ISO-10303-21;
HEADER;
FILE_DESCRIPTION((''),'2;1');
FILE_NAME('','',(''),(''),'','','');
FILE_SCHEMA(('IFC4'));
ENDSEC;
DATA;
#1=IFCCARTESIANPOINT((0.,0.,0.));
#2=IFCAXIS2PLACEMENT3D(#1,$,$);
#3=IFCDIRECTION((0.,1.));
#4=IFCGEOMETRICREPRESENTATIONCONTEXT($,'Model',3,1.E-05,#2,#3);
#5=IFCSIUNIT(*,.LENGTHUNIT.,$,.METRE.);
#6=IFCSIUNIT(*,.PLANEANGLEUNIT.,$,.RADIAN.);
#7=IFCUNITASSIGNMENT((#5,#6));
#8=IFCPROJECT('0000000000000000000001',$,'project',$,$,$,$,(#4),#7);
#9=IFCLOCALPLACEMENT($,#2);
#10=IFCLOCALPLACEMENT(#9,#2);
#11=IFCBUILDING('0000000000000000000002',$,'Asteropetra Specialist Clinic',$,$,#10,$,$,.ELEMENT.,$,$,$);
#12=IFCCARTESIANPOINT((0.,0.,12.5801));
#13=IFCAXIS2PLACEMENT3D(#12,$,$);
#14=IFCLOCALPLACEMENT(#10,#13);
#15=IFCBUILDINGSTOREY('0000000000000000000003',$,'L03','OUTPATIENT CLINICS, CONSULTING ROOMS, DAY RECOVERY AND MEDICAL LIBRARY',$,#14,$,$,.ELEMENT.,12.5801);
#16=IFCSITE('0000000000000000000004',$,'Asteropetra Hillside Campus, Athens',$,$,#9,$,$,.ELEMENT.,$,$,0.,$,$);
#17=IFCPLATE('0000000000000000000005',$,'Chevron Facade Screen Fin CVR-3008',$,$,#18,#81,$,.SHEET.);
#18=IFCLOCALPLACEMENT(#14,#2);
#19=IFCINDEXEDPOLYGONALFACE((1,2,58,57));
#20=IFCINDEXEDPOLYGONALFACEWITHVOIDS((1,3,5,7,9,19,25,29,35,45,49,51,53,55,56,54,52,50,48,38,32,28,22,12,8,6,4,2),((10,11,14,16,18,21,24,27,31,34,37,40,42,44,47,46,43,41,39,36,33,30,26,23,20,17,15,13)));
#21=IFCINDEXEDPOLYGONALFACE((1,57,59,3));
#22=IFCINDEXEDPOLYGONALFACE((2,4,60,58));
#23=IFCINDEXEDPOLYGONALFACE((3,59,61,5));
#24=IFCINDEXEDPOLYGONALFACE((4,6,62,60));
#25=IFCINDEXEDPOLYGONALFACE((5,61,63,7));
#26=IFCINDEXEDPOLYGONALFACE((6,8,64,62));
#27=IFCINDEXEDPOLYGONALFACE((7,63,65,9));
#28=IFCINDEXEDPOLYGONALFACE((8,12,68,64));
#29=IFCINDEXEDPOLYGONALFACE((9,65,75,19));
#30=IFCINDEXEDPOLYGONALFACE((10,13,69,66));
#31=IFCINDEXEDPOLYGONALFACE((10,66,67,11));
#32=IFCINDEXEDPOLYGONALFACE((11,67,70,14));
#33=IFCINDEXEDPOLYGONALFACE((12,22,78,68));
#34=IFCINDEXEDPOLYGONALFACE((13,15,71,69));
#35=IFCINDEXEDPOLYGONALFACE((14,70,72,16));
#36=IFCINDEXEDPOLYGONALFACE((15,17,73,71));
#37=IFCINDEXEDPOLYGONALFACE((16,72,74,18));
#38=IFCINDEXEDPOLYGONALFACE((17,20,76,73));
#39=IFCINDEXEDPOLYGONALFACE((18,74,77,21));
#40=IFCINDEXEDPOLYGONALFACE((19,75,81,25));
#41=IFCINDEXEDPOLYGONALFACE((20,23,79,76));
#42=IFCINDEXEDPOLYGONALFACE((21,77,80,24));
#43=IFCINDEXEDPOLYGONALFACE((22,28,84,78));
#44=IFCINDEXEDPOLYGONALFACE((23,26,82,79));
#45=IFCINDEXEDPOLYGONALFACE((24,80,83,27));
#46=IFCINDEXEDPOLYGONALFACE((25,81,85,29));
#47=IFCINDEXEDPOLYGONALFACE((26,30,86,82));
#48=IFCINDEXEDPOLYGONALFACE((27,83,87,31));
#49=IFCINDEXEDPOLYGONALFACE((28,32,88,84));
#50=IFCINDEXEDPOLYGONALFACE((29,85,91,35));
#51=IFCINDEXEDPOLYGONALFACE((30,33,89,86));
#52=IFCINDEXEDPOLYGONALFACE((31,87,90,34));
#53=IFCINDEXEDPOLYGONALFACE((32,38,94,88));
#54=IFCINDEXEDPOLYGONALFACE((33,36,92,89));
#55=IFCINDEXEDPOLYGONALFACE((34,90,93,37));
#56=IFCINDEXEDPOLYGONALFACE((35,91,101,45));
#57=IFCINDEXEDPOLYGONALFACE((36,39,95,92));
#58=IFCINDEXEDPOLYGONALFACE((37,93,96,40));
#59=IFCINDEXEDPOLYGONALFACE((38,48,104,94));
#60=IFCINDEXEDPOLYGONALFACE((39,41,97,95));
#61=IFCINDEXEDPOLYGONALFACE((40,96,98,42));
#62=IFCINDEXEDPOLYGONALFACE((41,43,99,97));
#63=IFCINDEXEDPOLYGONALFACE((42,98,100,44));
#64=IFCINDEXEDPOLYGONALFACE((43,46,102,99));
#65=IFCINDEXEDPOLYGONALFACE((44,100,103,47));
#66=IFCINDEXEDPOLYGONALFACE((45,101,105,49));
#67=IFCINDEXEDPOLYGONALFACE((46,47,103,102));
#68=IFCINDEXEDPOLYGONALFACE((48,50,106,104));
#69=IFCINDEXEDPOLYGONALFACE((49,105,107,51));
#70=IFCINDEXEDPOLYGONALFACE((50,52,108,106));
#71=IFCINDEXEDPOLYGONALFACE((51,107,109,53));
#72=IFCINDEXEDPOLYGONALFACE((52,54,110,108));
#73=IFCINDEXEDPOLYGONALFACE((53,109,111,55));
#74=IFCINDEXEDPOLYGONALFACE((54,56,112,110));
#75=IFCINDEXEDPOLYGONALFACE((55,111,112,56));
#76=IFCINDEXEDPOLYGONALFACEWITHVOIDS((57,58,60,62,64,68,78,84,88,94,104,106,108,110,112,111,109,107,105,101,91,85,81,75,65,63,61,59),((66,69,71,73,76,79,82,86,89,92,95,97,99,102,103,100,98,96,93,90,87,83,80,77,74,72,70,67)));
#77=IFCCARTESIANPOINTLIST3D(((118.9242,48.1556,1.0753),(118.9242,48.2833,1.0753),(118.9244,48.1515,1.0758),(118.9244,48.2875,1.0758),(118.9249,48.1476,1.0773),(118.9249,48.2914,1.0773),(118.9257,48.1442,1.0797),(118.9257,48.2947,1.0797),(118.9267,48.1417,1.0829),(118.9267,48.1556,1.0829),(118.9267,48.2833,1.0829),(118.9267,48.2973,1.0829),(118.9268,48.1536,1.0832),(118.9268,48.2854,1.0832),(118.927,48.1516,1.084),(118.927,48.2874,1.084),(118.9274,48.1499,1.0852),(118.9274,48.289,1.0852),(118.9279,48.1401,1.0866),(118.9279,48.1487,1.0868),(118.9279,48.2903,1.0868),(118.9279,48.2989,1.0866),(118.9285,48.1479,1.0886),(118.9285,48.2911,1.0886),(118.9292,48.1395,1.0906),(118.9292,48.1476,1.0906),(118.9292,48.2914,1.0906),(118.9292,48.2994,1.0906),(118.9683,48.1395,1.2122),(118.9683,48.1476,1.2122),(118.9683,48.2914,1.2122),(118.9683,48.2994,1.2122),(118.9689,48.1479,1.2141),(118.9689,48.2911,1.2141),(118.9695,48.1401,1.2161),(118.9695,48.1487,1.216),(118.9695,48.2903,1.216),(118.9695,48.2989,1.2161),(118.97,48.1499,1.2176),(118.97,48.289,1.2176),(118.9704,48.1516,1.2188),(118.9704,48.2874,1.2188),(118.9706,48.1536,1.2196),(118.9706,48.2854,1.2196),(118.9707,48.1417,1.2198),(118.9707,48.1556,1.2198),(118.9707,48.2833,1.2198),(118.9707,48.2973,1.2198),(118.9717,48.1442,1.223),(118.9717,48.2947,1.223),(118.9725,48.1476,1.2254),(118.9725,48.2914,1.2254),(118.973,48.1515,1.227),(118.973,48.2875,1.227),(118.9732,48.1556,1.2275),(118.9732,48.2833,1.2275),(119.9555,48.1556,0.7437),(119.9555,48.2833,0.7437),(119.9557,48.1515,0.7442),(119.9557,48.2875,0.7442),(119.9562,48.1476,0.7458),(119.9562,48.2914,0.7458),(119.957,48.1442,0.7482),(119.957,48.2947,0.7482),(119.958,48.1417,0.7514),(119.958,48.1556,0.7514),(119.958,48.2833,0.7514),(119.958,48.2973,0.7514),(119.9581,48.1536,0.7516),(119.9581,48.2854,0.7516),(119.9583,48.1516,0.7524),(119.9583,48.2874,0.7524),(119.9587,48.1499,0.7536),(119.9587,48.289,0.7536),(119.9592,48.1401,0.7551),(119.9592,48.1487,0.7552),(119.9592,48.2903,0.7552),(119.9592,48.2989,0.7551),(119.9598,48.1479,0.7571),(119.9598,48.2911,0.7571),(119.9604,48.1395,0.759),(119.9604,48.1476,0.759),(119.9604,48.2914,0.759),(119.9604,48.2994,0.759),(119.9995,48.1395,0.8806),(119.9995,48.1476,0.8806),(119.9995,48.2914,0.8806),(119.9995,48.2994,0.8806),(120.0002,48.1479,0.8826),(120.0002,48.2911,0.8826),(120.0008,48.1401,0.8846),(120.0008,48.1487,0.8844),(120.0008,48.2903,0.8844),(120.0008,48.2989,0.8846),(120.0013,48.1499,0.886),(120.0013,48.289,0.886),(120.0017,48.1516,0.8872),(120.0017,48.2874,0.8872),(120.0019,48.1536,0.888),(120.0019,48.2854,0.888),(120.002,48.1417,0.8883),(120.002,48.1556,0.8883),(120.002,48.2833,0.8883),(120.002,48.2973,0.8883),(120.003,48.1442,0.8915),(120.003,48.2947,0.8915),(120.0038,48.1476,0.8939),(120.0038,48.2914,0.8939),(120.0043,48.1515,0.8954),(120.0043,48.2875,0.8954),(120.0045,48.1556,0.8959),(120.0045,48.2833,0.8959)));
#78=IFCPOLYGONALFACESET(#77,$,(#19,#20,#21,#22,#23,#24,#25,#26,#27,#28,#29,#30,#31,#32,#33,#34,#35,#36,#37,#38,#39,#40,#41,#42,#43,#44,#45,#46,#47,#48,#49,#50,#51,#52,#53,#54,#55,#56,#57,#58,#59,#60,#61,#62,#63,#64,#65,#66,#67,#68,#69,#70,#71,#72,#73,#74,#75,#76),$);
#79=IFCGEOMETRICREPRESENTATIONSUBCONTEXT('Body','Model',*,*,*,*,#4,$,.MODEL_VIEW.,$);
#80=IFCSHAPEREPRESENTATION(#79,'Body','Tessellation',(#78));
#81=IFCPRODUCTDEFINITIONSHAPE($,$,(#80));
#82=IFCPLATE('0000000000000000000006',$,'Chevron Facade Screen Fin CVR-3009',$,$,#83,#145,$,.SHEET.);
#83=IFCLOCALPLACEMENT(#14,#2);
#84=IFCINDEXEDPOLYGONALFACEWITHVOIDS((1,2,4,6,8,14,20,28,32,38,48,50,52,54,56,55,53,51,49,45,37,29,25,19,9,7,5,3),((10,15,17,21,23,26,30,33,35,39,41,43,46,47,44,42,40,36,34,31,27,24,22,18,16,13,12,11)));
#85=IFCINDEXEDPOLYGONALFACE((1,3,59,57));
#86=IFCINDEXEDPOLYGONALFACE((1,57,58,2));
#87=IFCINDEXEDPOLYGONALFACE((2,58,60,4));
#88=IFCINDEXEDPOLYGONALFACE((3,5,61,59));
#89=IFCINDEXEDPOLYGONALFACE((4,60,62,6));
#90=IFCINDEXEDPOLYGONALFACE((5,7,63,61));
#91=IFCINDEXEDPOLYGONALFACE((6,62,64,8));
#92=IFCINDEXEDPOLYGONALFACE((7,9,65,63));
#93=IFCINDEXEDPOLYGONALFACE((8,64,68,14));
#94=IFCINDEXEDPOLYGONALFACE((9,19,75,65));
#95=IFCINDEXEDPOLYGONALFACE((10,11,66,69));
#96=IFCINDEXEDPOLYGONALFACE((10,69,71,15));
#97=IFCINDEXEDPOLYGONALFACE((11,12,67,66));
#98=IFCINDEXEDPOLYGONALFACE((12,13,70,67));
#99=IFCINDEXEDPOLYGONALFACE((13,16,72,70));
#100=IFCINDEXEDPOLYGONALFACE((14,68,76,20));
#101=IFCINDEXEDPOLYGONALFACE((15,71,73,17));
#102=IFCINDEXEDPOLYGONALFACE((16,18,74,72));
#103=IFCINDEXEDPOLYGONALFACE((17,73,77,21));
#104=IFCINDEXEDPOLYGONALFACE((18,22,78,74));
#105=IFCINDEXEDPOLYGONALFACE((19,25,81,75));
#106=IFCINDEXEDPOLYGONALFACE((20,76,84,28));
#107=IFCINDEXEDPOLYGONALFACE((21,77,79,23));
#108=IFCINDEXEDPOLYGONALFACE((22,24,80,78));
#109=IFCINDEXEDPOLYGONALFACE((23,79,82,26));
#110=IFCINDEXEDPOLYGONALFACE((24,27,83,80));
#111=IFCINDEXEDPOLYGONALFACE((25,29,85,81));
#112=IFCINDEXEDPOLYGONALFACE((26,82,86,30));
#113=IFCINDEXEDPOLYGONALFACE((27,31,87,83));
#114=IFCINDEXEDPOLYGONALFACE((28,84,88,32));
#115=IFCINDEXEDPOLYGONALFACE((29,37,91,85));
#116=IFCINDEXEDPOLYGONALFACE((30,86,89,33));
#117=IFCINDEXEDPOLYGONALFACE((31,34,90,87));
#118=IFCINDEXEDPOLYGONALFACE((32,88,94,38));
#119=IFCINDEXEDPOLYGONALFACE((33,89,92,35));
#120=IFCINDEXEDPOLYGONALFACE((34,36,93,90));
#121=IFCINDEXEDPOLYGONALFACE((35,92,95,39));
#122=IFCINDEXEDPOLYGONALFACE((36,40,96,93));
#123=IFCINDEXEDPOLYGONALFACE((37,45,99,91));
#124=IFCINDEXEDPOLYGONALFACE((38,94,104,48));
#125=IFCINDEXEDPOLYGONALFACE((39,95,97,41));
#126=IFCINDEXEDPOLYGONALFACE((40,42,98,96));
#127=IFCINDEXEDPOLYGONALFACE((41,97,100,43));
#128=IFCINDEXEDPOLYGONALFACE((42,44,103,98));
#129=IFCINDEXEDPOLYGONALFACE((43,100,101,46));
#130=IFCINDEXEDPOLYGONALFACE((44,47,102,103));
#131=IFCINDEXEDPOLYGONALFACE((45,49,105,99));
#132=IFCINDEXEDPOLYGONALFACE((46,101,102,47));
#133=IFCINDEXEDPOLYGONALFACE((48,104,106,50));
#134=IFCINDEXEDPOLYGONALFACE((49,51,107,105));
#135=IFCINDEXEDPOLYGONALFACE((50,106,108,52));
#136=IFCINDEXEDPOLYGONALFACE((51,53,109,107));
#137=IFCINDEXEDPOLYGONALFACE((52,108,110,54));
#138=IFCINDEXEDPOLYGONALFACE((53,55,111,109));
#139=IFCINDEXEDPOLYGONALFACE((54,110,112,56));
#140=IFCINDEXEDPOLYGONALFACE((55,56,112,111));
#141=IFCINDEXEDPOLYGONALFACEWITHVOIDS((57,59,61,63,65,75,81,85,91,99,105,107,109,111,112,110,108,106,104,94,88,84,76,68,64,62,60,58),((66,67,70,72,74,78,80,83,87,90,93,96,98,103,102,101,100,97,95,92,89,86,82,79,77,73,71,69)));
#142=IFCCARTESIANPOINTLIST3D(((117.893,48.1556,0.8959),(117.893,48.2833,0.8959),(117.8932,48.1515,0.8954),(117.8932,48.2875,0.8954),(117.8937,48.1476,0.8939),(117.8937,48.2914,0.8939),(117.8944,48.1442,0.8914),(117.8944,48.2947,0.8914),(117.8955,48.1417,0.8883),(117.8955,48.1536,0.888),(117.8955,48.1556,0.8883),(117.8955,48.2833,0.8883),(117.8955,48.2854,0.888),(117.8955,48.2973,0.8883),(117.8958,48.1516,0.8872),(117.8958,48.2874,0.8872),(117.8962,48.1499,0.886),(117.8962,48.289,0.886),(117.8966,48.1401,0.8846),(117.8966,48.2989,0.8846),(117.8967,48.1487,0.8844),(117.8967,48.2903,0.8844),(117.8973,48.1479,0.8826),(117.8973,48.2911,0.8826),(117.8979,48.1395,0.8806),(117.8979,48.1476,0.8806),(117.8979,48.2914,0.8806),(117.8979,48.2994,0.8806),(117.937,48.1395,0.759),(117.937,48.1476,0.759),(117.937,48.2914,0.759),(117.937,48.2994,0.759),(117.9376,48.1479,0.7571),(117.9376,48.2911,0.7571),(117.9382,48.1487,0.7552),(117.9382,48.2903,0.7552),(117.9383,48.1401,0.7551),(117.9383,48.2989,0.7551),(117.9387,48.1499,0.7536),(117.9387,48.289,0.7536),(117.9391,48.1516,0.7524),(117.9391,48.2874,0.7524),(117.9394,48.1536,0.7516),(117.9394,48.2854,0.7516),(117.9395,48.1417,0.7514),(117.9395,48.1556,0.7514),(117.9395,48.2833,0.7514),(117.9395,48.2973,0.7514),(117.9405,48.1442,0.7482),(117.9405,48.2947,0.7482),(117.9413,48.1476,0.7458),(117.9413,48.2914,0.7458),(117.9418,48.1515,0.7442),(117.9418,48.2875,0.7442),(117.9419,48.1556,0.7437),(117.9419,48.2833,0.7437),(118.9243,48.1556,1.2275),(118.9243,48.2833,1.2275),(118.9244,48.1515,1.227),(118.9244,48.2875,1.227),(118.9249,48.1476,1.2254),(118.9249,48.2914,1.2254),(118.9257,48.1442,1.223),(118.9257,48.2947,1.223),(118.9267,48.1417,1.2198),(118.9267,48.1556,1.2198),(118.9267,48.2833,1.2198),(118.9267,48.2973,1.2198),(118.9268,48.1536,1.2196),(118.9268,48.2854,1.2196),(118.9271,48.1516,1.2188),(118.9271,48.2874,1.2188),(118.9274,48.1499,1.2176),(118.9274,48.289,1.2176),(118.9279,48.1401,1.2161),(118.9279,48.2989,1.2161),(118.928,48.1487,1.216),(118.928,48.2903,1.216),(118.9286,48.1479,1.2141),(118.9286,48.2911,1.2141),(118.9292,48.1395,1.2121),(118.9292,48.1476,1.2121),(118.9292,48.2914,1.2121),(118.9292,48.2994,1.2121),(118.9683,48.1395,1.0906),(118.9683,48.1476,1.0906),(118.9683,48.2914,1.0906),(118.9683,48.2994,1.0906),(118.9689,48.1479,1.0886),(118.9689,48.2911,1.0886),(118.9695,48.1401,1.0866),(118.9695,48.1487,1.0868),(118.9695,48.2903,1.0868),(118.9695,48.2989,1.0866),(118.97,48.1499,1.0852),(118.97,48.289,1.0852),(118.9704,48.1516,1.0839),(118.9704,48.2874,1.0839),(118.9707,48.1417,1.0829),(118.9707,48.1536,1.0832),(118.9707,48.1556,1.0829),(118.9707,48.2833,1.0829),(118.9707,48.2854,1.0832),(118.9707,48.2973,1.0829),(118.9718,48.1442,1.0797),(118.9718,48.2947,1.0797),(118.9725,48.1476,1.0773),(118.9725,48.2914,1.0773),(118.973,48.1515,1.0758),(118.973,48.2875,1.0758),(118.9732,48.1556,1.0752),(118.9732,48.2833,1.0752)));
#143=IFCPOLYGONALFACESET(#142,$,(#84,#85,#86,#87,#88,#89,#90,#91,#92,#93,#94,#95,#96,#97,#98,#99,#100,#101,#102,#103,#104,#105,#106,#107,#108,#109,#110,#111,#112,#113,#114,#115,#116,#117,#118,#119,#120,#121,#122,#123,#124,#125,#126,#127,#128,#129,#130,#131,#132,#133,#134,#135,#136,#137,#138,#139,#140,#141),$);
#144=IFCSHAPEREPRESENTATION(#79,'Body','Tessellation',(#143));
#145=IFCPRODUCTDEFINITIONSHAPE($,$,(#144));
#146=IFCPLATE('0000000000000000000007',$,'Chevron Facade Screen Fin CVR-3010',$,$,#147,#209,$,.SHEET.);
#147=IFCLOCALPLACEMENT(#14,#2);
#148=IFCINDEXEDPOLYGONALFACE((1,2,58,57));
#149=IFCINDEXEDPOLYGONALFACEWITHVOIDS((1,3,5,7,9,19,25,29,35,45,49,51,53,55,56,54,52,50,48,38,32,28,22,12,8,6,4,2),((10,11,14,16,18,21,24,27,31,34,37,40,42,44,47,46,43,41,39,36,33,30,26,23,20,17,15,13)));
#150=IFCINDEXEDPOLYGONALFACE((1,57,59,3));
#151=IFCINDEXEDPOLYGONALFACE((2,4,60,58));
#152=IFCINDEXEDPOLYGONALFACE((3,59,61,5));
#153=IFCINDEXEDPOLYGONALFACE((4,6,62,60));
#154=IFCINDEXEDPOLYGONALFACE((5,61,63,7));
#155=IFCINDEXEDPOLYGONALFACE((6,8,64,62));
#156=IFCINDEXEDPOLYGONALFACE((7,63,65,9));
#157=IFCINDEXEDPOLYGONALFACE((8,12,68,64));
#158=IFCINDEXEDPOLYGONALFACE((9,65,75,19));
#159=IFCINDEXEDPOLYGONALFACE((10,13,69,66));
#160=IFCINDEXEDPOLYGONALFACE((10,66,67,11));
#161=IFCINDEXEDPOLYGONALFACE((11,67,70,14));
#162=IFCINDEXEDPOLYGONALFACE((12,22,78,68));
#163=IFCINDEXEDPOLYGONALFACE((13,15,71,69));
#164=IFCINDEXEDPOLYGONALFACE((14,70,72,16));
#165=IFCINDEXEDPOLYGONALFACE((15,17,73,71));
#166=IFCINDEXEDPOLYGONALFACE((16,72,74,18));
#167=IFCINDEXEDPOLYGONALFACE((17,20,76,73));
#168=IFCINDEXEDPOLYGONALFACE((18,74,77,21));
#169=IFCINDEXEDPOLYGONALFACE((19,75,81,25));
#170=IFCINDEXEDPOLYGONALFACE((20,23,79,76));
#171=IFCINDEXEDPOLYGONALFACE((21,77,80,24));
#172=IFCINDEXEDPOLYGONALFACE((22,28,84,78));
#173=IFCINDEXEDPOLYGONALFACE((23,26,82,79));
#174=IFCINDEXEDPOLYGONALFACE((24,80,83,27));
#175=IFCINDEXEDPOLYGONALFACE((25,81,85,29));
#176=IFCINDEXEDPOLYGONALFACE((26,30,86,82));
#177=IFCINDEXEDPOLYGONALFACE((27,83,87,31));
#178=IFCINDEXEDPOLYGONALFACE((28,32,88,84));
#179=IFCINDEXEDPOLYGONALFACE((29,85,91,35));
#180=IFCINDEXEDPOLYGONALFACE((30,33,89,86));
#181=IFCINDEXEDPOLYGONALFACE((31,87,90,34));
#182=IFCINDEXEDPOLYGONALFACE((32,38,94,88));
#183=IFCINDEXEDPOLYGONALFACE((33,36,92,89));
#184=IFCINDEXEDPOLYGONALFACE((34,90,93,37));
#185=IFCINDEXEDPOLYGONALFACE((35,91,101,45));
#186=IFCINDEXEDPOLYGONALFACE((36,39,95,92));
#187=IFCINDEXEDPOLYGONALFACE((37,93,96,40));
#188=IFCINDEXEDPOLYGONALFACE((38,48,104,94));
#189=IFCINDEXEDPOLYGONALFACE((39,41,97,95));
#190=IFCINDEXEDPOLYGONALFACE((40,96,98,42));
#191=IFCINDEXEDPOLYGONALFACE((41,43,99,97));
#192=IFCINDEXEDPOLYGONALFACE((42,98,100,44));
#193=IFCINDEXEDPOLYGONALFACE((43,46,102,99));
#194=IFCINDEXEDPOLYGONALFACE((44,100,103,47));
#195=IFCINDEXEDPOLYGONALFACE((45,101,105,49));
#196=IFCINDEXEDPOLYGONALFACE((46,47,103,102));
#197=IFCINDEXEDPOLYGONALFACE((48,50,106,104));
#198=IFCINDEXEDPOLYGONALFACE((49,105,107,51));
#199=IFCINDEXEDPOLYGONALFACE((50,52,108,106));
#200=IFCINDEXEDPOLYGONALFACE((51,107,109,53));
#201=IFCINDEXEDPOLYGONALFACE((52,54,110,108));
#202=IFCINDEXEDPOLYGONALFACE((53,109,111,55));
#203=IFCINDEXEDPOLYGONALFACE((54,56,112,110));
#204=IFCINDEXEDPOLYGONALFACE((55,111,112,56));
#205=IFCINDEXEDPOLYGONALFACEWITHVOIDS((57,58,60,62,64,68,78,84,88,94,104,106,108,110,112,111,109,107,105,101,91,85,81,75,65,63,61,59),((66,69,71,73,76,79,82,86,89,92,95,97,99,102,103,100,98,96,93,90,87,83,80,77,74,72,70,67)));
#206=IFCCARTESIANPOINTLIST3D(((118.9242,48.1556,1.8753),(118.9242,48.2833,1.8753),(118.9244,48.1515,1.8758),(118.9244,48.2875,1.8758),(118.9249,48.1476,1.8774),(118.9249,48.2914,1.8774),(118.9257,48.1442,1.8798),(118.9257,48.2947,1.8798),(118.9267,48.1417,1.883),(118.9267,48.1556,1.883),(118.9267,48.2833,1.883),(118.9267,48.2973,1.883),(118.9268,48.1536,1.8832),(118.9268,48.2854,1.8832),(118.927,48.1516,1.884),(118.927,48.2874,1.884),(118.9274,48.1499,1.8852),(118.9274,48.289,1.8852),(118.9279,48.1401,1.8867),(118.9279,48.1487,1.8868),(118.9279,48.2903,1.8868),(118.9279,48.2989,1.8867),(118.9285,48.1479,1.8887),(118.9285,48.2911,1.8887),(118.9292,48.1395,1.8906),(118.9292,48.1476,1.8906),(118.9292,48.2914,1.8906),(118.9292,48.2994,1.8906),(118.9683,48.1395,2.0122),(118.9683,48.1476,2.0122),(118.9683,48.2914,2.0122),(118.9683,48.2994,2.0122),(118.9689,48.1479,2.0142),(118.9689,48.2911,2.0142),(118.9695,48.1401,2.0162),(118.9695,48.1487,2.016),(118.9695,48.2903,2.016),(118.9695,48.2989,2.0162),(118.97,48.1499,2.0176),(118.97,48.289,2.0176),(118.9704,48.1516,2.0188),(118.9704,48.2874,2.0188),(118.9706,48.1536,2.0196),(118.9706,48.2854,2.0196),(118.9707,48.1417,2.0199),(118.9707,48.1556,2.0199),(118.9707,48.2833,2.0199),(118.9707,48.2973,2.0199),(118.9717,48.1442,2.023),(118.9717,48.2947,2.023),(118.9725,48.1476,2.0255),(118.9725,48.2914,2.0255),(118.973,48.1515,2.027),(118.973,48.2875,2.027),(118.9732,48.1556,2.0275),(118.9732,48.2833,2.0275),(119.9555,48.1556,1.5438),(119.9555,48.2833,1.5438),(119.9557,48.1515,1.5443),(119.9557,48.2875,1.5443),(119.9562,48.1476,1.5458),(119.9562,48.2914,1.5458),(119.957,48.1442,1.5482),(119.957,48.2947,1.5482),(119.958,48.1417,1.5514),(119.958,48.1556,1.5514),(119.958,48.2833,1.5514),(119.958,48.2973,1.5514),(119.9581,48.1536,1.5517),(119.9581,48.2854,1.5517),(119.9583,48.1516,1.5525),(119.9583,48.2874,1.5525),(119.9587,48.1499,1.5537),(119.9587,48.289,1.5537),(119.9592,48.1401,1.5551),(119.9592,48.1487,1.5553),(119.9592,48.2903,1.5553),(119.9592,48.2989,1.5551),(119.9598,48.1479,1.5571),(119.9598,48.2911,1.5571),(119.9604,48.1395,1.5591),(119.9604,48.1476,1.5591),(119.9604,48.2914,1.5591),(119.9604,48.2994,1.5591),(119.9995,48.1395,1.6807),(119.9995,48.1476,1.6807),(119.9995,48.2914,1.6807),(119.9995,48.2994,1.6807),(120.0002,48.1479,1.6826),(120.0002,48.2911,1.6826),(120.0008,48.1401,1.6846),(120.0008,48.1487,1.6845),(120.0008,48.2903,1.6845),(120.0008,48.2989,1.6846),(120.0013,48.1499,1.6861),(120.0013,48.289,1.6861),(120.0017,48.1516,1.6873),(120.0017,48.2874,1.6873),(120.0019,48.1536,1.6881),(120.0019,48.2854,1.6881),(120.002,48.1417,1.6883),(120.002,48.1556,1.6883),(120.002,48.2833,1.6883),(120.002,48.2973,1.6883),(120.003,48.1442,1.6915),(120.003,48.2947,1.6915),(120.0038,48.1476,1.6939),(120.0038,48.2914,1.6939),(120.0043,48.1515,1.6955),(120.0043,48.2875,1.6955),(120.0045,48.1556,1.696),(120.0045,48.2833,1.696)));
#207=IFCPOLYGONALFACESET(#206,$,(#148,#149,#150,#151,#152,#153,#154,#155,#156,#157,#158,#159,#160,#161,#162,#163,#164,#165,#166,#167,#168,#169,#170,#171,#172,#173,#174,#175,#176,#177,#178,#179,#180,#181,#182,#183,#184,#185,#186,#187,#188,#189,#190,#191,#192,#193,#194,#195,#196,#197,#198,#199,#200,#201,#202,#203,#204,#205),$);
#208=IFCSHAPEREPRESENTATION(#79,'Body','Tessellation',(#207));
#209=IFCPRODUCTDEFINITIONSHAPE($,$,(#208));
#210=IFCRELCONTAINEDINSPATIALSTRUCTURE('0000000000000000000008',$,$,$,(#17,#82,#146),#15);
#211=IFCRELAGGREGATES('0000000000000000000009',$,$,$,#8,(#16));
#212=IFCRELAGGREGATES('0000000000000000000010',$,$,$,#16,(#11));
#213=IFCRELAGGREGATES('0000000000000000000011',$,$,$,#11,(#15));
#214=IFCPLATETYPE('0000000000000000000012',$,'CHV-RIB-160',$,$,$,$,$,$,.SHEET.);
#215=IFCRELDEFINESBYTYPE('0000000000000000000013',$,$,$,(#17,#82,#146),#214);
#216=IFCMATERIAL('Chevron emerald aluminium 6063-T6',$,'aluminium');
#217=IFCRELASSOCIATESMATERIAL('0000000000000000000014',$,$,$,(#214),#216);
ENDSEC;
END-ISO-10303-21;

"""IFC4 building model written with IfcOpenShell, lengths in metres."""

from ifc_helpers import new_model, si_unit, direction, frame, origin, origin_2d, place, context, subcontext, project, spatial, hollow_rectangle, extrude, material, material_profile, profile_set, type_object, element, save


model = new_model("IFC4")

# Units and contexts
model_context = context("Model", 3, precision=1e-05, world=origin(), true_north=direction((0.0, 1.0)))
body_context = subcontext(model_context, "Body", "Model", "MODEL_VIEW")
ifc_project = project(units=[si_unit("LENGTHUNIT", "METRE"), si_unit("PLANEANGLEUNIT", "RADIAN")], contexts=[model_context])

# Site, building, storey
site_placement = place(None, origin())
site = spatial("IfcSite", under=ifc_project, at=site_placement, Name="Asteropetra Hillside Campus, Athens", CompositionType="ELEMENT", RefElevation=0.0)
building_placement = place(site_placement, origin())
building = spatial("IfcBuilding", under=site, at=building_placement, Name="Asteropetra Specialist Clinic", CompositionType="ELEMENT")
storey_placement = place(building_placement, frame((0.0, 0.0, 12.5801)))
storey = spatial("IfcBuildingStorey", under=building, at=storey_placement, Name="L03", Description="OUTPATIENT CLINICS, CONSULTING ROOMS, DAY RECOVERY AND MEDICAL LIBRARY", CompositionType="ELEMENT", Elevation=12.5801)

# Plates
ifc_material_1 = material(Name="Chevron emerald aluminium 6063-T6", Category="aluminium")
ifc_material_profile = material_profile(ifc_material_1, hollow_rectangle(XDim=0.1599, YDim=0.1599, WallThickness=0.0081, InnerFilletRadius=0.0081, OuterFilletRadius=0.0161, at=origin_2d()), Name="SHS 160x160x8.0")
ifc_profile_set = profile_set([ifc_material_profile], Name="Chevron emerald aluminium 6063-T6")
plate_type_1 = type_object("IfcPlateType", Name="CHV-RIB-160", PredefinedType="SHEET", material=ifc_profile_set)
for number, where, z_axis, x_axis, name in (
    (1, (119.98, 48.2195, 0.8198), (-0.95201, 0.0, 0.306068), (0.0, -1.0, 0.0), "Chevron Facade Screen Fin CVR-3008"),
    (2, (118.9487, 48.2195, 1.1514), (-0.95201, 0.0, -0.306068), (0.0, -1.0, 0.0), "Chevron Facade Screen Fin CVR-3009"),
    (3, (119.98, 48.2195, 1.6199), (-0.95201, 0.0, 0.306068), (0.0, -1.0, 0.0), "Chevron Facade Screen Fin CVR-3010"),
):
    element("IfcPlate", number, at=place(storey_placement, frame(where, z_axis=z_axis, x_axis=x_axis)), inside=storey, type_object=plate_type_1, Name=name, PredefinedType="SHEET", context=body_context, shape_type="SweptSolid", body=[
        extrude(hollow_rectangle(XDim=0.1599, YDim=0.1599, WallThickness=0.0081, InnerFilletRadius=0.0081, OuterFilletRadius=0.0161, at=origin_2d()), origin(), (0.0, 0.0, 1.0), 1.0833),
    ])

save(model, "model.ifc")
